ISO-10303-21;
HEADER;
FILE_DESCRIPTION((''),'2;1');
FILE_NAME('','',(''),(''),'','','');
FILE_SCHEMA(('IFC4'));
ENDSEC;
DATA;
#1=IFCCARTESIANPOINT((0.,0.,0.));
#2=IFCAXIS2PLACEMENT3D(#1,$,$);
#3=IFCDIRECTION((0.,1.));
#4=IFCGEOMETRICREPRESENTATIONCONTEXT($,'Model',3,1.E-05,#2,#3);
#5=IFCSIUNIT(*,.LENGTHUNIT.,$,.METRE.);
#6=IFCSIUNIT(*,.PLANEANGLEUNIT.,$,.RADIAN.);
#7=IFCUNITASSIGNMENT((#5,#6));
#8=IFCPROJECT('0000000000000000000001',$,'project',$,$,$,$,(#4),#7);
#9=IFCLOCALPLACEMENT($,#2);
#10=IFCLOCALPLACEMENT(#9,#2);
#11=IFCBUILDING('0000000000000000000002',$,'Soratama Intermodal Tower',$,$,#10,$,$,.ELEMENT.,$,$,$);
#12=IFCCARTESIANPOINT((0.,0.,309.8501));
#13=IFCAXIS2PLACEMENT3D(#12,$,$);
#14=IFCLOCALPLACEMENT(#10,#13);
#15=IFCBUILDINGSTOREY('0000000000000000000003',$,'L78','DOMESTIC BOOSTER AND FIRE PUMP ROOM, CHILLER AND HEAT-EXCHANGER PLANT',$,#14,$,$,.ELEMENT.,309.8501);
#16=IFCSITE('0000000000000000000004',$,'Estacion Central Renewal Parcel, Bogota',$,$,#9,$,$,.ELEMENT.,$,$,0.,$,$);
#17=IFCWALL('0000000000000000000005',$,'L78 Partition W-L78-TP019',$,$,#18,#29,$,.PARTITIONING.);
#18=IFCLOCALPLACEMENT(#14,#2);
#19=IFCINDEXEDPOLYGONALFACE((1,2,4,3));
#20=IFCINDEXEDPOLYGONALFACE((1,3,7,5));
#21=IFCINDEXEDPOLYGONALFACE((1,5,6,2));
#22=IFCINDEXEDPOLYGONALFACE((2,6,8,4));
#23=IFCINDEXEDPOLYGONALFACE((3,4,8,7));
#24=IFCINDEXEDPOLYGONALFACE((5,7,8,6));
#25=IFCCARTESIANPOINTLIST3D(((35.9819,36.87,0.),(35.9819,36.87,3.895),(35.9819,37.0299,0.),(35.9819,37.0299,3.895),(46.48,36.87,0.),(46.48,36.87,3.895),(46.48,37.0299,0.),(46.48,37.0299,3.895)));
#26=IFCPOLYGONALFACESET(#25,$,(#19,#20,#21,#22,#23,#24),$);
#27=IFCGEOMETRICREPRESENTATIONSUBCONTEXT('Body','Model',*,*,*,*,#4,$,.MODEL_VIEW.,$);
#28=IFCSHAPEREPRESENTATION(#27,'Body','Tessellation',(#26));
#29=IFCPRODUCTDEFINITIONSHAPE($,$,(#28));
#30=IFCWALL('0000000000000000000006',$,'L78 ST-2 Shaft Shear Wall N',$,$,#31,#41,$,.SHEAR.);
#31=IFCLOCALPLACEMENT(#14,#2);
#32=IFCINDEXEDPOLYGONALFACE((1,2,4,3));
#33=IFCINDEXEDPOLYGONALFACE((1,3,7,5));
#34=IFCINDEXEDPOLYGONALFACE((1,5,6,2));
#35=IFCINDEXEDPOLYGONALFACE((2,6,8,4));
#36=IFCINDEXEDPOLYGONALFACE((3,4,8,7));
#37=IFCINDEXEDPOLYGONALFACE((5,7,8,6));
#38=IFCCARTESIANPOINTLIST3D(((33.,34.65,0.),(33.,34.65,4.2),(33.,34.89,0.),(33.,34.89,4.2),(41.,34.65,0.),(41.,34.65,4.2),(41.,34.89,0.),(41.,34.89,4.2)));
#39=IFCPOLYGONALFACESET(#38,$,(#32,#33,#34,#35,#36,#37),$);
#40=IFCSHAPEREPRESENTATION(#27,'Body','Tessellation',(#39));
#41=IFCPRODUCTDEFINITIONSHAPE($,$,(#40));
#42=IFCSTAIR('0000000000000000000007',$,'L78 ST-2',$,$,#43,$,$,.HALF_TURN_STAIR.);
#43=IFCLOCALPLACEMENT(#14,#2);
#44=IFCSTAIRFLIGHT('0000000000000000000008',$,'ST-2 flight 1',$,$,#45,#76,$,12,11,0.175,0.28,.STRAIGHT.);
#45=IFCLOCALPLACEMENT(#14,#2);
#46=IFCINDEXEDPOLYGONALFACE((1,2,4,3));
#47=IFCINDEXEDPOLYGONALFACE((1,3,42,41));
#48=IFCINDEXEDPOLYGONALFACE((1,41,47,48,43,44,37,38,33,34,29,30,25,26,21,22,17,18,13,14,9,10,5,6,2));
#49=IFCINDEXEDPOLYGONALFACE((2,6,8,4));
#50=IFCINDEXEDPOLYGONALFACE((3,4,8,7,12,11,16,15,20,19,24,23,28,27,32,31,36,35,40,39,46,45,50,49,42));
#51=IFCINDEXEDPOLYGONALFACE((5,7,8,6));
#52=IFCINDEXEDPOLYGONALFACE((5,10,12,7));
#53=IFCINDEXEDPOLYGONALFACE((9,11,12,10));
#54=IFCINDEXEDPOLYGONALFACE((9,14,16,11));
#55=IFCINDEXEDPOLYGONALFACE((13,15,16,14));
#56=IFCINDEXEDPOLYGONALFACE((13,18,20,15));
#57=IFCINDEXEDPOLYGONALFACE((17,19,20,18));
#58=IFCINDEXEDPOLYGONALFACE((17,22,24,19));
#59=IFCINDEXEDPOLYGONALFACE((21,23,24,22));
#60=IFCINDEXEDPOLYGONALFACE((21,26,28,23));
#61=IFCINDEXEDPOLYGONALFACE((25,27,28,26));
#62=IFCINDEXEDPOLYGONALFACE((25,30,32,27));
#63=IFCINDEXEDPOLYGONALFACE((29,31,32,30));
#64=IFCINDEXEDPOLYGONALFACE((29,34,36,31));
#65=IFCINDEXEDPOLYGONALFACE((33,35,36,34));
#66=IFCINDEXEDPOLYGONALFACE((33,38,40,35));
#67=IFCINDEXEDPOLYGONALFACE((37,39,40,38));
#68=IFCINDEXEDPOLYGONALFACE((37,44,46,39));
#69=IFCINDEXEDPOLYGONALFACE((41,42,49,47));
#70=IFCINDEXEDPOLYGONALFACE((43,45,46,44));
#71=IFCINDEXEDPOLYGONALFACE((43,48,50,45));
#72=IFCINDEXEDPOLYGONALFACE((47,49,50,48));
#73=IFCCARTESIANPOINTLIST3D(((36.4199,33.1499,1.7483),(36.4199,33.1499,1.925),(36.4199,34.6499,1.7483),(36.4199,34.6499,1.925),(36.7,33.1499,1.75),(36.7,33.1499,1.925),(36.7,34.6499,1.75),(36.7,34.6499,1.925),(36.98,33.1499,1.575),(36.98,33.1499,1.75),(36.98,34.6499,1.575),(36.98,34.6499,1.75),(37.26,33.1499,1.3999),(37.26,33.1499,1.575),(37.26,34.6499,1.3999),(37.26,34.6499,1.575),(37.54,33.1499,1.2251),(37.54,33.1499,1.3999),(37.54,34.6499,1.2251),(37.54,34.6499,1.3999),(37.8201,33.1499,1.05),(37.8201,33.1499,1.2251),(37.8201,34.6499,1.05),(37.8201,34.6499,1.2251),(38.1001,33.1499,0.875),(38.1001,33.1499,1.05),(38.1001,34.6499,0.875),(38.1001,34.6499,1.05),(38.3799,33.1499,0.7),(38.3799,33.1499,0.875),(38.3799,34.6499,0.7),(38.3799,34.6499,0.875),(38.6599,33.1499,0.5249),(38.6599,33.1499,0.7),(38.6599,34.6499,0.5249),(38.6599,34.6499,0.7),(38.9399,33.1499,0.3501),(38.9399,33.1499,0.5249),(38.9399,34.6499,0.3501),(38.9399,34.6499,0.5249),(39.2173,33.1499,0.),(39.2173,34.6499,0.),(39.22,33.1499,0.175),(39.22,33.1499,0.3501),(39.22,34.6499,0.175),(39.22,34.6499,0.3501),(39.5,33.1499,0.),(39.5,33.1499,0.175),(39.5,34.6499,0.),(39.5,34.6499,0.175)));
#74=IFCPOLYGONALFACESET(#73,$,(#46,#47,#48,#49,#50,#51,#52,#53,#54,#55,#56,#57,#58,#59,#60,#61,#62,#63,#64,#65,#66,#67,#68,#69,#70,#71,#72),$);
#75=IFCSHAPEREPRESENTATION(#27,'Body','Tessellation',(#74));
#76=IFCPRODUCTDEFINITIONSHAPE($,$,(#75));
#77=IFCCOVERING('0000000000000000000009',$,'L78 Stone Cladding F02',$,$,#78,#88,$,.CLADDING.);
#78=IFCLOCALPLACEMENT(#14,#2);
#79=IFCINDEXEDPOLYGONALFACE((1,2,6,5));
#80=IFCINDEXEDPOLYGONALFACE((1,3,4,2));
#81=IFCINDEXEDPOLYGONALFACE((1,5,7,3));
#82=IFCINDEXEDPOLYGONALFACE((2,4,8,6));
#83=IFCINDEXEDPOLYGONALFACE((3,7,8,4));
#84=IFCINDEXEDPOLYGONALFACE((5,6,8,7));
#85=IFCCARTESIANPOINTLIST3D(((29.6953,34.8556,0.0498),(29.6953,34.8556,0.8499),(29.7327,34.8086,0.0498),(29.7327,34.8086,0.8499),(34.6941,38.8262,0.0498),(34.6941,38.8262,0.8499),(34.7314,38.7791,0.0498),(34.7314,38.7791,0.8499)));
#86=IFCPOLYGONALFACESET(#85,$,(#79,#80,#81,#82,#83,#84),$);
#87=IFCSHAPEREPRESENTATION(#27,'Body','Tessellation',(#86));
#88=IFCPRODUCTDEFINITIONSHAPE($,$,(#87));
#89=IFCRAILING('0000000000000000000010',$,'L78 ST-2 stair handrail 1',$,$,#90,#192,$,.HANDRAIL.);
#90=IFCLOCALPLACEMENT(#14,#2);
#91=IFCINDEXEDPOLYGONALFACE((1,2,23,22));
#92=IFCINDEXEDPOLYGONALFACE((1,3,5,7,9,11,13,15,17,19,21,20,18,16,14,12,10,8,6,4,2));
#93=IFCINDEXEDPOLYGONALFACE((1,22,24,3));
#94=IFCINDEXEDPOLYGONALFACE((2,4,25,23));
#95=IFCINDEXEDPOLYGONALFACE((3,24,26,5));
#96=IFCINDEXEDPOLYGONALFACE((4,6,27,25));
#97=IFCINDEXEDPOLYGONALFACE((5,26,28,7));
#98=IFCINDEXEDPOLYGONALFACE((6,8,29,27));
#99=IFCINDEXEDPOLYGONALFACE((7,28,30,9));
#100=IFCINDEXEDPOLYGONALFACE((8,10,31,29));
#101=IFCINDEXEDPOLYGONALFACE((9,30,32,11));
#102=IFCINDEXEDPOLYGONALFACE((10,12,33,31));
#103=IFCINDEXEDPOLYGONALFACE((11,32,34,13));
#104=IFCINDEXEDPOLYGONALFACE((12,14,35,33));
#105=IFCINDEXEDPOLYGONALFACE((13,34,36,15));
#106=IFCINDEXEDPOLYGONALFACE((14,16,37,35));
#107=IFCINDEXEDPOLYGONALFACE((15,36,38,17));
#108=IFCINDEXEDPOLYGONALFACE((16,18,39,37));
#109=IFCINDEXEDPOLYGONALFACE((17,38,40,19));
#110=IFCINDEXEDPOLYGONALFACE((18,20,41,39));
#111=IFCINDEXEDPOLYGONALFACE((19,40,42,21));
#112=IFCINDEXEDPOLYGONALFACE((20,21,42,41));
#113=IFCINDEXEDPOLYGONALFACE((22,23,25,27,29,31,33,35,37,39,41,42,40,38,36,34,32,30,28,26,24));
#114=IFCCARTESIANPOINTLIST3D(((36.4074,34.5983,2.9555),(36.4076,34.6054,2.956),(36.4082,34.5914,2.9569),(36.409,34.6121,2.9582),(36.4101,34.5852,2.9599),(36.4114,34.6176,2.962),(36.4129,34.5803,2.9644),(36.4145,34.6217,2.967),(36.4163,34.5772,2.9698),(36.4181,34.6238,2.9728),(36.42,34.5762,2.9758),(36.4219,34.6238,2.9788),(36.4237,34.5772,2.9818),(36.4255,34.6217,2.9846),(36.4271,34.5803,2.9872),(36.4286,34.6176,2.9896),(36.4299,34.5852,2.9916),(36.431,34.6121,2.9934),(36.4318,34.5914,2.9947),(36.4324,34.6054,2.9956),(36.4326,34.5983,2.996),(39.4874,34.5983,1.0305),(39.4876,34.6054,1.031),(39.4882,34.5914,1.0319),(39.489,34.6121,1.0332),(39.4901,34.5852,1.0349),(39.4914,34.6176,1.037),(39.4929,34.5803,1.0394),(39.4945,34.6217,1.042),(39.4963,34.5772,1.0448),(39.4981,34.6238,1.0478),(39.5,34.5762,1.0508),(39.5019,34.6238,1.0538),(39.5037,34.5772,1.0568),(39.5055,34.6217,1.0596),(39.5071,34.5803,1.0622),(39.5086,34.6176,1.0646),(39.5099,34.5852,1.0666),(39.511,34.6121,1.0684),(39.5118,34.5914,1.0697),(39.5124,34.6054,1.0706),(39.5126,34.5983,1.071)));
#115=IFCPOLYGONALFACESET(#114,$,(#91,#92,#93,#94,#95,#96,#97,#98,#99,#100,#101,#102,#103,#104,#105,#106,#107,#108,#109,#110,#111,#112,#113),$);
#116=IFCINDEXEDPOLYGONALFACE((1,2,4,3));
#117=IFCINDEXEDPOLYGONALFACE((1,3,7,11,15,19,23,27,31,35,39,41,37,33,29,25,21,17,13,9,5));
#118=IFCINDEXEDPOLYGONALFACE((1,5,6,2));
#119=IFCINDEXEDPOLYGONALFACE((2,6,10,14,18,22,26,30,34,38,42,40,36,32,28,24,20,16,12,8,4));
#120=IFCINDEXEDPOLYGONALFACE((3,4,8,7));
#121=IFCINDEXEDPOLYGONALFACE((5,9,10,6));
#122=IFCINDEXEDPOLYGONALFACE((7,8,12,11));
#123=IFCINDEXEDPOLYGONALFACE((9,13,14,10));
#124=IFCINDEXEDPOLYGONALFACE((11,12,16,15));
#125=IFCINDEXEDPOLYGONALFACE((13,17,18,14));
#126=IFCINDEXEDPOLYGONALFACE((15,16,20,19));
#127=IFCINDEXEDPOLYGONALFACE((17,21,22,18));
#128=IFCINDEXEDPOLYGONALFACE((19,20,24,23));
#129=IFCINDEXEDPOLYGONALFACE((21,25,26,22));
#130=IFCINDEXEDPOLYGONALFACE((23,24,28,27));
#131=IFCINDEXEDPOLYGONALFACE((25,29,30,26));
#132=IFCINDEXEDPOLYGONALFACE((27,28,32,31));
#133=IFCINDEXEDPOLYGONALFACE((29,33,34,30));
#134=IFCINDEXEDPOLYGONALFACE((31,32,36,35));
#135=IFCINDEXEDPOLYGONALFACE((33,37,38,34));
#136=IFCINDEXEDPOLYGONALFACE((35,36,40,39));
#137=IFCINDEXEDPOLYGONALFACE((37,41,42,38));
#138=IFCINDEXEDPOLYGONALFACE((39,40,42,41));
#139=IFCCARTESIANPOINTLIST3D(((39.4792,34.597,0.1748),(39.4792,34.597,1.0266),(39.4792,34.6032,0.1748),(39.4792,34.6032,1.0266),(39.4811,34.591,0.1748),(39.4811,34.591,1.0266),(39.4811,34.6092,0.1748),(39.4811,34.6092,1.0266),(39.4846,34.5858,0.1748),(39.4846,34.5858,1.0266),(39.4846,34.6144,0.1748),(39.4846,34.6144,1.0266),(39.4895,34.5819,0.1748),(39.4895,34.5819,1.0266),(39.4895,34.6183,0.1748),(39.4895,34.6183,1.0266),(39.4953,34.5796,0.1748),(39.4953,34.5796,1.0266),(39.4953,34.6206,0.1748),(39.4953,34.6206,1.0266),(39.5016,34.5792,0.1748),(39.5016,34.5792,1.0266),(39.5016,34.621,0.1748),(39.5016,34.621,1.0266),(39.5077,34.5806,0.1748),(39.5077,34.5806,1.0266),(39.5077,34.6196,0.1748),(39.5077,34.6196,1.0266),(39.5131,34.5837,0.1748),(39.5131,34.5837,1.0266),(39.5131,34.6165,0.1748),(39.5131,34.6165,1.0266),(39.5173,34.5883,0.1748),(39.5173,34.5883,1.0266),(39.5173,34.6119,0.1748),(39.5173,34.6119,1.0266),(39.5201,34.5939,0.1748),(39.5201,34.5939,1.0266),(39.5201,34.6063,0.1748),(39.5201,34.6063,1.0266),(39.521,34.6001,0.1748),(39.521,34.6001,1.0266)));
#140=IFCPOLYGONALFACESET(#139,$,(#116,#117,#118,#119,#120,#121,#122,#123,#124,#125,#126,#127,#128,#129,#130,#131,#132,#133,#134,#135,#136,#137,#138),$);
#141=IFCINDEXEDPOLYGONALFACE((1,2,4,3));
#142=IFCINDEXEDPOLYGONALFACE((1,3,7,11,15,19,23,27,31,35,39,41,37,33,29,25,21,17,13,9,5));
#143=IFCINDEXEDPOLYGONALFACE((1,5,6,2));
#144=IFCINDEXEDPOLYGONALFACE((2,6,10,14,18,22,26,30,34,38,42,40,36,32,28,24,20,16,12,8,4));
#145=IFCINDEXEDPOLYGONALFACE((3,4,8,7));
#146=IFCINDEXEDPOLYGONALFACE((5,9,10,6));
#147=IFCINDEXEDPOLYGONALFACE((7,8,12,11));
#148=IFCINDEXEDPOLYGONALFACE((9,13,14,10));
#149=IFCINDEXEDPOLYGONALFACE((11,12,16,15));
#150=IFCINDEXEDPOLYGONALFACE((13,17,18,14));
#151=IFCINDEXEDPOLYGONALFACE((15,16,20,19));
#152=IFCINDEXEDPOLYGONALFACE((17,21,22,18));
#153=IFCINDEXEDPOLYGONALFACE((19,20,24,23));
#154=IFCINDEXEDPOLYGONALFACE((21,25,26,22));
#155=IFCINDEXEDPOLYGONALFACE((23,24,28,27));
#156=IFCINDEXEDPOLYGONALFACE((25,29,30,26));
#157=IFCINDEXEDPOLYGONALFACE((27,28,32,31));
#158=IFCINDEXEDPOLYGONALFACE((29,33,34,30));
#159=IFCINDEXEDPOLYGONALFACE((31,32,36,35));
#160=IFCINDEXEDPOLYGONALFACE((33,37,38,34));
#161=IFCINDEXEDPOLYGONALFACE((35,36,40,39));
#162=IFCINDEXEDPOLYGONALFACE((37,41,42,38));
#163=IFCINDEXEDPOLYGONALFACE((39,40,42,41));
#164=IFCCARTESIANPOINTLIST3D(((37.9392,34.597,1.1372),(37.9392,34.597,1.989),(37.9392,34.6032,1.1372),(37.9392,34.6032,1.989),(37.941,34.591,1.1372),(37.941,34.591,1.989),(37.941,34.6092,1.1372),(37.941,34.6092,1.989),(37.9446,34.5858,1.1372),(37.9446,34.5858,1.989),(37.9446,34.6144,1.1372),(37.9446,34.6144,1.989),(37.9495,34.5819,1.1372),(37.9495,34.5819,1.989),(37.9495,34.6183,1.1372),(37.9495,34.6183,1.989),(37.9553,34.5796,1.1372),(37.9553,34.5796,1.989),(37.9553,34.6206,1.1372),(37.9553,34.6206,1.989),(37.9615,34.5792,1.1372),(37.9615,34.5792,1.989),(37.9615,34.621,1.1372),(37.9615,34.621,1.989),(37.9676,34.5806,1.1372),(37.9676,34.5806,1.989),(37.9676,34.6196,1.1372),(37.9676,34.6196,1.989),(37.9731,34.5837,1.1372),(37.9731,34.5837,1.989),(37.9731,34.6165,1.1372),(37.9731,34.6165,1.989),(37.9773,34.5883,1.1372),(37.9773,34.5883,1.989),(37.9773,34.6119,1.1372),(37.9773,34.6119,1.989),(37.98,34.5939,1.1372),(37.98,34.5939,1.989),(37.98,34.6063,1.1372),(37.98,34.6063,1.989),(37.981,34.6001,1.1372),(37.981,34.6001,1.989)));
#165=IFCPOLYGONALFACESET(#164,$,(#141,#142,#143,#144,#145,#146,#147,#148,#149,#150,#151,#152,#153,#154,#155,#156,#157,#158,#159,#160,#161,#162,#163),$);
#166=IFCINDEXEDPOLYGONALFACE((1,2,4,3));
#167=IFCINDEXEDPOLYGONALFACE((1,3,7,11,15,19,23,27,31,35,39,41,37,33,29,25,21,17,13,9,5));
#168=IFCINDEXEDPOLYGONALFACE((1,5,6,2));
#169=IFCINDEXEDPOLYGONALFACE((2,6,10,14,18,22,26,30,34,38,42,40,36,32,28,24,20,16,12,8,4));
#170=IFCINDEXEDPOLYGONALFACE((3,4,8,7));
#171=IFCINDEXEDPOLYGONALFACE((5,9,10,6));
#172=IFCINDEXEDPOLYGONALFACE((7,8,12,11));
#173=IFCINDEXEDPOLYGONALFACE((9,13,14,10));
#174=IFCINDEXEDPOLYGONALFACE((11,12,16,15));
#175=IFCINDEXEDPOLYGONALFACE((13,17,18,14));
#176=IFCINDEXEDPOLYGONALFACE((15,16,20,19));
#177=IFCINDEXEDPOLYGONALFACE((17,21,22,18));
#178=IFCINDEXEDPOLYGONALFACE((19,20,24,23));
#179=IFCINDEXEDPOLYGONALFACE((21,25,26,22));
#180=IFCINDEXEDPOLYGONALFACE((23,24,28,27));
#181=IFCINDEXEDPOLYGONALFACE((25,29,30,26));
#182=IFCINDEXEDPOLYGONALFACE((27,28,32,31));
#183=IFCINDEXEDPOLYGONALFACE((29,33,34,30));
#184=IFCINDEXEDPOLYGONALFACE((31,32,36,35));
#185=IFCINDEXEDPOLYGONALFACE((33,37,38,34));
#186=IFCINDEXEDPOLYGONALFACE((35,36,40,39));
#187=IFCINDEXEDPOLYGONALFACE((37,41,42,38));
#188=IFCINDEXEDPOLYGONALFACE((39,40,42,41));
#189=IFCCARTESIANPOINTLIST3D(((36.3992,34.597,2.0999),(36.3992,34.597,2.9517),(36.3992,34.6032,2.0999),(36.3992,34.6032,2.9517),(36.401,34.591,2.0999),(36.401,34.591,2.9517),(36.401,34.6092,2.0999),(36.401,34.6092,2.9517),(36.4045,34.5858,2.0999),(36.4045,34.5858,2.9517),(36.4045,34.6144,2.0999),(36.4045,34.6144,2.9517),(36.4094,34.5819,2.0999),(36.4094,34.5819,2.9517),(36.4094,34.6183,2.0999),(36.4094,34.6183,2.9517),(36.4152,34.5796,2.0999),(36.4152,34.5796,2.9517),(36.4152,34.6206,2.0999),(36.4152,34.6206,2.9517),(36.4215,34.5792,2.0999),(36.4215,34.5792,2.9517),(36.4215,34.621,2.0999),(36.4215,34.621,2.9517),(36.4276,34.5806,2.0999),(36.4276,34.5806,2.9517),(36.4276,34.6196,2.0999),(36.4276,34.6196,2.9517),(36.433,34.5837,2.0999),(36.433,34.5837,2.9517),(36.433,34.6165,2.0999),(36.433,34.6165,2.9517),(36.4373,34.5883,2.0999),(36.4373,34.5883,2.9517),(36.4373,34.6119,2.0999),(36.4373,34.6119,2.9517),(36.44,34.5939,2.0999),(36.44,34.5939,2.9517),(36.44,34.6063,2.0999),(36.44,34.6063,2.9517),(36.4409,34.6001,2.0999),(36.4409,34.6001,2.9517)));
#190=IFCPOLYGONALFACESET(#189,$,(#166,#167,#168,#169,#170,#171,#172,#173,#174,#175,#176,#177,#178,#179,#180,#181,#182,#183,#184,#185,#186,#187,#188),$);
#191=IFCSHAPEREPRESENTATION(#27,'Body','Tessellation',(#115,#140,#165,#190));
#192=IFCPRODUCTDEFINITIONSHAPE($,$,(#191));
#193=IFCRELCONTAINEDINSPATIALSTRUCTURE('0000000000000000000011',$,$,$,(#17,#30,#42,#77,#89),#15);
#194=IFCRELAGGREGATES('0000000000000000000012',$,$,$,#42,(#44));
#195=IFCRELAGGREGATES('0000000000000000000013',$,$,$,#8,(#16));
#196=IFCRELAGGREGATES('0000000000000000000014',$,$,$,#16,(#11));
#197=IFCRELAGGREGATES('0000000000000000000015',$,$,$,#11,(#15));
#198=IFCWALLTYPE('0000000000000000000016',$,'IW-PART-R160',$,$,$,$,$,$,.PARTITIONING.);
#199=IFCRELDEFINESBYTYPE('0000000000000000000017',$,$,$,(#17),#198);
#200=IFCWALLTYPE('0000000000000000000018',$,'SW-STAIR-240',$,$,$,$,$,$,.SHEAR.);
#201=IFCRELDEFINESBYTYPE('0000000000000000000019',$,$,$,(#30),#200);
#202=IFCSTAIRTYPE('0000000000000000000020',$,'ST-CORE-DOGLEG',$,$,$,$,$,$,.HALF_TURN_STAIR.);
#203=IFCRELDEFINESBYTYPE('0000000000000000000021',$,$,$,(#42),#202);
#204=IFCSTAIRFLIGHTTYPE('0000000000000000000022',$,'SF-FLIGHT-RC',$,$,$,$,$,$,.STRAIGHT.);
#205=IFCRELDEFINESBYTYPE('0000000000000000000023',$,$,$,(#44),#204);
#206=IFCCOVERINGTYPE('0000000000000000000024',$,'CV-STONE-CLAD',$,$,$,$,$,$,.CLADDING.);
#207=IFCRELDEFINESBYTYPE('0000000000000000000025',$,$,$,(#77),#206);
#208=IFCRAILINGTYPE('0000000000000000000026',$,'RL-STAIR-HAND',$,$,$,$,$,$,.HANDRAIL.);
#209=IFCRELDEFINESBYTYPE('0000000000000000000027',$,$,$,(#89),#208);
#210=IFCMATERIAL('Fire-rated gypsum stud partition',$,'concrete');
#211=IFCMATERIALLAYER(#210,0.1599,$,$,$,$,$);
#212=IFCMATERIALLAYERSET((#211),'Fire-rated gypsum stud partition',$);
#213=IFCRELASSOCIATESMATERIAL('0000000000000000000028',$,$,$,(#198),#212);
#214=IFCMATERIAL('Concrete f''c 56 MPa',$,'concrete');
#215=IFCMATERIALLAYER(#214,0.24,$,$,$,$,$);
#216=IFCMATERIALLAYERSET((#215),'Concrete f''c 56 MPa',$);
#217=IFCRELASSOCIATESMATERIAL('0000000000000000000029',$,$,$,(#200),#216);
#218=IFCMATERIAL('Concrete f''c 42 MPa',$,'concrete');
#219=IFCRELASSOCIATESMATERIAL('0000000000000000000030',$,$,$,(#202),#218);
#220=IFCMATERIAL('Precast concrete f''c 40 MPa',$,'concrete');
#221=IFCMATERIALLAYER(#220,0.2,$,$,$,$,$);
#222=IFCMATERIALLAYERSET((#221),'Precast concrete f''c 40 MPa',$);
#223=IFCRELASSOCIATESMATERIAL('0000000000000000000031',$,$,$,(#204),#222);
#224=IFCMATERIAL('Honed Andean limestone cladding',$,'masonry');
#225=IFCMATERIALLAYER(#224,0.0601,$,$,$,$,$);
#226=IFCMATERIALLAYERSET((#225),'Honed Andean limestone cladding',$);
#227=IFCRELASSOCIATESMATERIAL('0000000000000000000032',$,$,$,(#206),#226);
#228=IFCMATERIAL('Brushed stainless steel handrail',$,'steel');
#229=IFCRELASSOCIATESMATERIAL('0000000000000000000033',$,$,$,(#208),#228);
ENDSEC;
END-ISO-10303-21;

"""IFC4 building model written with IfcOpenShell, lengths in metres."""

from ifc_helpers import new_model, si_unit, direction, frame, frame_2d, origin, origin_2d, place, context, subcontext, project, spatial, polyline, rectangle, circle, outline, extrude, material, layer, layer_set, type_object, element, aggregate, save


model = new_model("IFC4")

# Units and contexts
model_context = context("Model", 3, precision=1e-05, world=origin(), true_north=direction((0.0, 1.0)))
body_context = subcontext(model_context, "Body", "Model", "MODEL_VIEW")
ifc_project = project(units=[si_unit("LENGTHUNIT", "METRE"), si_unit("PLANEANGLEUNIT", "RADIAN")], contexts=[model_context])

# Site, building, storey
site_placement = place(None, origin())
site = spatial("IfcSite", under=ifc_project, at=site_placement, Name="Estacion Central Renewal Parcel, Bogota", CompositionType="ELEMENT", RefElevation=0.0)
building_placement = place(site_placement, origin())
building = spatial("IfcBuilding", under=site, at=building_placement, Name="Soratama Intermodal Tower", CompositionType="ELEMENT")
storey_placement = place(building_placement, frame((0.0, 0.0, 309.8501)))
storey = spatial("IfcBuildingStorey", under=building, at=storey_placement, Name="L78", Description="DOMESTIC BOOSTER AND FIRE PUMP ROOM, CHILLER AND HEAT-EXCHANGER PLANT", CompositionType="ELEMENT", Elevation=309.8501)

# Walls
ifc_material_1 = material(Name="Fire-rated gypsum stud partition", Category="concrete")
ifc_layer_1 = layer(ifc_material_1, 0.1599)
ifc_layer_set_1 = layer_set([ifc_layer_1], Name="Fire-rated gypsum stud partition")
wall_type_1 = type_object("IfcWallType", Name="IW-PART-R160", PredefinedType="PARTITIONING", material=ifc_layer_set_1)
wall_1_placement = place(storey_placement, frame((35.9819, 36.95, 0.0), z_axis=(0.0, 0.0, 1.0), x_axis=(1.0, 0.0, 0.0)))
element("IfcWall", 1, at=wall_1_placement, inside=storey, type_object=wall_type_1, Name="L78 Partition W-L78-TP019", PredefinedType="PARTITIONING", context=body_context, shape_type="SweptSolid", body=[
    extrude(rectangle(XDim=10.498, YDim=0.1599, at=frame_2d((5.249, 0.0))), origin(), (0.0, 0.0, 1.0), 3.895),
])
ifc_material_2 = material(Name="Concrete f'c 56 MPa", Category="concrete")
ifc_layer_2 = layer(ifc_material_2, 0.24)
ifc_layer_set_2 = layer_set([ifc_layer_2], Name="Concrete f'c 56 MPa")
wall_type_2 = type_object("IfcWallType", Name="SW-STAIR-240", PredefinedType="SHEAR", material=ifc_layer_set_2)
wall_2_placement = place(storey_placement, frame((33.0, 34.77, 0.0), z_axis=(0.0, 0.0, 1.0), x_axis=(1.0, 0.0, 0.0)))
element("IfcWall", 2, at=wall_2_placement, inside=storey, type_object=wall_type_2, Name="L78 ST-2 Shaft Shear Wall N", PredefinedType="SHEAR", context=body_context, shape_type="SweptSolid", body=[
    extrude(rectangle(XDim=8.0, YDim=0.24, at=frame_2d((4.0, 0.0))), origin(), (0.0, 0.0, 1.0), 4.2),
])

# Stair, stair flight
ifc_material_3 = material(Name="Concrete f'c 42 MPa", Category="concrete")
stair_type = type_object("IfcStairType", Name="ST-CORE-DOGLEG", PredefinedType="HALF_TURN_STAIR", material=ifc_material_3)
stair_placement = place(storey_placement, origin())
stair = element("IfcStair", 3, at=stair_placement, inside=storey, type_object=stair_type, Name="L78 ST-2", PredefinedType="HALF_TURN_STAIR")
ifc_material_4 = material(Name="Precast concrete f'c 40 MPa", Category="concrete")
ifc_layer_3 = layer(ifc_material_4, 0.2)
ifc_layer_set_3 = layer_set([ifc_layer_3], Name="Precast concrete f'c 40 MPa")
stair_flight_type = type_object("IfcStairFlightType", Name="SF-FLIGHT-RC", PredefinedType="STRAIGHT", material=ifc_layer_set_3)
stair_flight_placement = place(storey_placement, frame((39.5, 33.8999, 0.0), z_axis=(0.0, 0.0, 1.0), x_axis=(-1.0, 0.0, 0.0)))
stair_flight = element("IfcStairFlight", 4, at=stair_flight_placement, type_object=stair_flight_type, Name="ST-2 flight 1", NumberOfRisers=12, NumberOfTreads=11, PredefinedType="STRAIGHT", RiserHeight=0.175, TreadLength=0.28, context=body_context, shape_type="SweptSolid", body=[
    extrude(outline(polyline([(0.0, 0.0), (0.0, 0.175), (0.28, 0.175), (0.28, 0.3501), (0.5601, 0.3501), (0.5601, 0.5249), (0.8401, 0.5249), (0.8401, 0.7), (1.1201, 0.7), (1.1201, 0.875), (1.3999, 0.875), (1.3999, 1.05), (1.6799, 1.05), (1.6799, 1.2251), (1.96, 1.2251), (1.96, 1.3999), (2.24, 1.3999), (2.24, 1.575), (2.52, 1.575), (2.52, 1.75), (2.8, 1.75), (2.8, 1.925), (3.0801, 1.925), (3.0801, 2.1001), (3.0801, 1.7483), (0.2827, 0.0), (0.0, 0.0)])), frame((0.0, 0.75, 0.0), z_axis=(0.0, -1.0, 0.0), x_axis=(1.0, 0.0, 0.0)), (0.0, 0.0, 1.0), 1.5),
])
aggregate(stair, [stair_flight])

# Covering
ifc_material_5 = material(Name="Honed Andean limestone cladding", Category="masonry")
ifc_layer_4 = layer(ifc_material_5, 0.0601)
ifc_layer_set_4 = layer_set([ifc_layer_4], Name="Honed Andean limestone cladding")
covering_type = type_object("IfcCoveringType", Name="CV-STONE-CLAD", PredefinedType="CLADDING", material=ifc_layer_set_4)
covering_placement = place(storey_placement, frame((32.2134, 36.8174, 0.0498), z_axis=(0.0, 0.0, 1.0), x_axis=(-0.783043, -0.621968, 0.0)))
element("IfcCovering", 5, at=covering_placement, inside=storey, type_object=covering_type, Name="L78 Stone Cladding F02", PredefinedType="CLADDING", context=body_context, shape_type="SweptSolid", body=[
    extrude(rectangle(XDim=6.3838, YDim=0.0601, at=origin_2d()), origin(), (0.0, 0.0, 1.0), 0.8),
])

# Railing
ifc_material_6 = material(Name="Brushed stainless steel handrail", Category="steel")
railing_type = type_object("IfcRailingType", Name="RL-STAIR-HAND", PredefinedType="HANDRAIL", material=ifc_material_6)
railing_placement = place(storey_placement, frame((39.5, 34.6001, 0.1748)))
element("IfcRailing", 6, at=railing_placement, inside=storey, type_object=railing_type, Name="L78 ST-2 stair handrail 1", PredefinedType="HANDRAIL", context=body_context, shape_type="SweptSolid", body=[
    extrude(circle(Radius=0.0239, at=origin_2d()), frame((0.0, 0.0, 0.876), z_axis=(-0.847998, 0.0, 0.529999), x_axis=(0.0, -1.0, 0.0)), (0.0, 0.0, 1.0), 3.6321),
    extrude(circle(Radius=0.021, at=origin_2d()), origin(), (0.0, 0.0, 1.0), 0.8518),
    extrude(circle(Radius=0.021, at=origin_2d()), frame((-1.54, 0.0, 0.9624)), (0.0, 0.0, 1.0), 0.8518),
    extrude(circle(Radius=0.021, at=origin_2d()), frame((-3.0801, 0.0, 1.925)), (0.0, 0.0, 1.0), 0.8518),
])

save(model, "model.ifc")
